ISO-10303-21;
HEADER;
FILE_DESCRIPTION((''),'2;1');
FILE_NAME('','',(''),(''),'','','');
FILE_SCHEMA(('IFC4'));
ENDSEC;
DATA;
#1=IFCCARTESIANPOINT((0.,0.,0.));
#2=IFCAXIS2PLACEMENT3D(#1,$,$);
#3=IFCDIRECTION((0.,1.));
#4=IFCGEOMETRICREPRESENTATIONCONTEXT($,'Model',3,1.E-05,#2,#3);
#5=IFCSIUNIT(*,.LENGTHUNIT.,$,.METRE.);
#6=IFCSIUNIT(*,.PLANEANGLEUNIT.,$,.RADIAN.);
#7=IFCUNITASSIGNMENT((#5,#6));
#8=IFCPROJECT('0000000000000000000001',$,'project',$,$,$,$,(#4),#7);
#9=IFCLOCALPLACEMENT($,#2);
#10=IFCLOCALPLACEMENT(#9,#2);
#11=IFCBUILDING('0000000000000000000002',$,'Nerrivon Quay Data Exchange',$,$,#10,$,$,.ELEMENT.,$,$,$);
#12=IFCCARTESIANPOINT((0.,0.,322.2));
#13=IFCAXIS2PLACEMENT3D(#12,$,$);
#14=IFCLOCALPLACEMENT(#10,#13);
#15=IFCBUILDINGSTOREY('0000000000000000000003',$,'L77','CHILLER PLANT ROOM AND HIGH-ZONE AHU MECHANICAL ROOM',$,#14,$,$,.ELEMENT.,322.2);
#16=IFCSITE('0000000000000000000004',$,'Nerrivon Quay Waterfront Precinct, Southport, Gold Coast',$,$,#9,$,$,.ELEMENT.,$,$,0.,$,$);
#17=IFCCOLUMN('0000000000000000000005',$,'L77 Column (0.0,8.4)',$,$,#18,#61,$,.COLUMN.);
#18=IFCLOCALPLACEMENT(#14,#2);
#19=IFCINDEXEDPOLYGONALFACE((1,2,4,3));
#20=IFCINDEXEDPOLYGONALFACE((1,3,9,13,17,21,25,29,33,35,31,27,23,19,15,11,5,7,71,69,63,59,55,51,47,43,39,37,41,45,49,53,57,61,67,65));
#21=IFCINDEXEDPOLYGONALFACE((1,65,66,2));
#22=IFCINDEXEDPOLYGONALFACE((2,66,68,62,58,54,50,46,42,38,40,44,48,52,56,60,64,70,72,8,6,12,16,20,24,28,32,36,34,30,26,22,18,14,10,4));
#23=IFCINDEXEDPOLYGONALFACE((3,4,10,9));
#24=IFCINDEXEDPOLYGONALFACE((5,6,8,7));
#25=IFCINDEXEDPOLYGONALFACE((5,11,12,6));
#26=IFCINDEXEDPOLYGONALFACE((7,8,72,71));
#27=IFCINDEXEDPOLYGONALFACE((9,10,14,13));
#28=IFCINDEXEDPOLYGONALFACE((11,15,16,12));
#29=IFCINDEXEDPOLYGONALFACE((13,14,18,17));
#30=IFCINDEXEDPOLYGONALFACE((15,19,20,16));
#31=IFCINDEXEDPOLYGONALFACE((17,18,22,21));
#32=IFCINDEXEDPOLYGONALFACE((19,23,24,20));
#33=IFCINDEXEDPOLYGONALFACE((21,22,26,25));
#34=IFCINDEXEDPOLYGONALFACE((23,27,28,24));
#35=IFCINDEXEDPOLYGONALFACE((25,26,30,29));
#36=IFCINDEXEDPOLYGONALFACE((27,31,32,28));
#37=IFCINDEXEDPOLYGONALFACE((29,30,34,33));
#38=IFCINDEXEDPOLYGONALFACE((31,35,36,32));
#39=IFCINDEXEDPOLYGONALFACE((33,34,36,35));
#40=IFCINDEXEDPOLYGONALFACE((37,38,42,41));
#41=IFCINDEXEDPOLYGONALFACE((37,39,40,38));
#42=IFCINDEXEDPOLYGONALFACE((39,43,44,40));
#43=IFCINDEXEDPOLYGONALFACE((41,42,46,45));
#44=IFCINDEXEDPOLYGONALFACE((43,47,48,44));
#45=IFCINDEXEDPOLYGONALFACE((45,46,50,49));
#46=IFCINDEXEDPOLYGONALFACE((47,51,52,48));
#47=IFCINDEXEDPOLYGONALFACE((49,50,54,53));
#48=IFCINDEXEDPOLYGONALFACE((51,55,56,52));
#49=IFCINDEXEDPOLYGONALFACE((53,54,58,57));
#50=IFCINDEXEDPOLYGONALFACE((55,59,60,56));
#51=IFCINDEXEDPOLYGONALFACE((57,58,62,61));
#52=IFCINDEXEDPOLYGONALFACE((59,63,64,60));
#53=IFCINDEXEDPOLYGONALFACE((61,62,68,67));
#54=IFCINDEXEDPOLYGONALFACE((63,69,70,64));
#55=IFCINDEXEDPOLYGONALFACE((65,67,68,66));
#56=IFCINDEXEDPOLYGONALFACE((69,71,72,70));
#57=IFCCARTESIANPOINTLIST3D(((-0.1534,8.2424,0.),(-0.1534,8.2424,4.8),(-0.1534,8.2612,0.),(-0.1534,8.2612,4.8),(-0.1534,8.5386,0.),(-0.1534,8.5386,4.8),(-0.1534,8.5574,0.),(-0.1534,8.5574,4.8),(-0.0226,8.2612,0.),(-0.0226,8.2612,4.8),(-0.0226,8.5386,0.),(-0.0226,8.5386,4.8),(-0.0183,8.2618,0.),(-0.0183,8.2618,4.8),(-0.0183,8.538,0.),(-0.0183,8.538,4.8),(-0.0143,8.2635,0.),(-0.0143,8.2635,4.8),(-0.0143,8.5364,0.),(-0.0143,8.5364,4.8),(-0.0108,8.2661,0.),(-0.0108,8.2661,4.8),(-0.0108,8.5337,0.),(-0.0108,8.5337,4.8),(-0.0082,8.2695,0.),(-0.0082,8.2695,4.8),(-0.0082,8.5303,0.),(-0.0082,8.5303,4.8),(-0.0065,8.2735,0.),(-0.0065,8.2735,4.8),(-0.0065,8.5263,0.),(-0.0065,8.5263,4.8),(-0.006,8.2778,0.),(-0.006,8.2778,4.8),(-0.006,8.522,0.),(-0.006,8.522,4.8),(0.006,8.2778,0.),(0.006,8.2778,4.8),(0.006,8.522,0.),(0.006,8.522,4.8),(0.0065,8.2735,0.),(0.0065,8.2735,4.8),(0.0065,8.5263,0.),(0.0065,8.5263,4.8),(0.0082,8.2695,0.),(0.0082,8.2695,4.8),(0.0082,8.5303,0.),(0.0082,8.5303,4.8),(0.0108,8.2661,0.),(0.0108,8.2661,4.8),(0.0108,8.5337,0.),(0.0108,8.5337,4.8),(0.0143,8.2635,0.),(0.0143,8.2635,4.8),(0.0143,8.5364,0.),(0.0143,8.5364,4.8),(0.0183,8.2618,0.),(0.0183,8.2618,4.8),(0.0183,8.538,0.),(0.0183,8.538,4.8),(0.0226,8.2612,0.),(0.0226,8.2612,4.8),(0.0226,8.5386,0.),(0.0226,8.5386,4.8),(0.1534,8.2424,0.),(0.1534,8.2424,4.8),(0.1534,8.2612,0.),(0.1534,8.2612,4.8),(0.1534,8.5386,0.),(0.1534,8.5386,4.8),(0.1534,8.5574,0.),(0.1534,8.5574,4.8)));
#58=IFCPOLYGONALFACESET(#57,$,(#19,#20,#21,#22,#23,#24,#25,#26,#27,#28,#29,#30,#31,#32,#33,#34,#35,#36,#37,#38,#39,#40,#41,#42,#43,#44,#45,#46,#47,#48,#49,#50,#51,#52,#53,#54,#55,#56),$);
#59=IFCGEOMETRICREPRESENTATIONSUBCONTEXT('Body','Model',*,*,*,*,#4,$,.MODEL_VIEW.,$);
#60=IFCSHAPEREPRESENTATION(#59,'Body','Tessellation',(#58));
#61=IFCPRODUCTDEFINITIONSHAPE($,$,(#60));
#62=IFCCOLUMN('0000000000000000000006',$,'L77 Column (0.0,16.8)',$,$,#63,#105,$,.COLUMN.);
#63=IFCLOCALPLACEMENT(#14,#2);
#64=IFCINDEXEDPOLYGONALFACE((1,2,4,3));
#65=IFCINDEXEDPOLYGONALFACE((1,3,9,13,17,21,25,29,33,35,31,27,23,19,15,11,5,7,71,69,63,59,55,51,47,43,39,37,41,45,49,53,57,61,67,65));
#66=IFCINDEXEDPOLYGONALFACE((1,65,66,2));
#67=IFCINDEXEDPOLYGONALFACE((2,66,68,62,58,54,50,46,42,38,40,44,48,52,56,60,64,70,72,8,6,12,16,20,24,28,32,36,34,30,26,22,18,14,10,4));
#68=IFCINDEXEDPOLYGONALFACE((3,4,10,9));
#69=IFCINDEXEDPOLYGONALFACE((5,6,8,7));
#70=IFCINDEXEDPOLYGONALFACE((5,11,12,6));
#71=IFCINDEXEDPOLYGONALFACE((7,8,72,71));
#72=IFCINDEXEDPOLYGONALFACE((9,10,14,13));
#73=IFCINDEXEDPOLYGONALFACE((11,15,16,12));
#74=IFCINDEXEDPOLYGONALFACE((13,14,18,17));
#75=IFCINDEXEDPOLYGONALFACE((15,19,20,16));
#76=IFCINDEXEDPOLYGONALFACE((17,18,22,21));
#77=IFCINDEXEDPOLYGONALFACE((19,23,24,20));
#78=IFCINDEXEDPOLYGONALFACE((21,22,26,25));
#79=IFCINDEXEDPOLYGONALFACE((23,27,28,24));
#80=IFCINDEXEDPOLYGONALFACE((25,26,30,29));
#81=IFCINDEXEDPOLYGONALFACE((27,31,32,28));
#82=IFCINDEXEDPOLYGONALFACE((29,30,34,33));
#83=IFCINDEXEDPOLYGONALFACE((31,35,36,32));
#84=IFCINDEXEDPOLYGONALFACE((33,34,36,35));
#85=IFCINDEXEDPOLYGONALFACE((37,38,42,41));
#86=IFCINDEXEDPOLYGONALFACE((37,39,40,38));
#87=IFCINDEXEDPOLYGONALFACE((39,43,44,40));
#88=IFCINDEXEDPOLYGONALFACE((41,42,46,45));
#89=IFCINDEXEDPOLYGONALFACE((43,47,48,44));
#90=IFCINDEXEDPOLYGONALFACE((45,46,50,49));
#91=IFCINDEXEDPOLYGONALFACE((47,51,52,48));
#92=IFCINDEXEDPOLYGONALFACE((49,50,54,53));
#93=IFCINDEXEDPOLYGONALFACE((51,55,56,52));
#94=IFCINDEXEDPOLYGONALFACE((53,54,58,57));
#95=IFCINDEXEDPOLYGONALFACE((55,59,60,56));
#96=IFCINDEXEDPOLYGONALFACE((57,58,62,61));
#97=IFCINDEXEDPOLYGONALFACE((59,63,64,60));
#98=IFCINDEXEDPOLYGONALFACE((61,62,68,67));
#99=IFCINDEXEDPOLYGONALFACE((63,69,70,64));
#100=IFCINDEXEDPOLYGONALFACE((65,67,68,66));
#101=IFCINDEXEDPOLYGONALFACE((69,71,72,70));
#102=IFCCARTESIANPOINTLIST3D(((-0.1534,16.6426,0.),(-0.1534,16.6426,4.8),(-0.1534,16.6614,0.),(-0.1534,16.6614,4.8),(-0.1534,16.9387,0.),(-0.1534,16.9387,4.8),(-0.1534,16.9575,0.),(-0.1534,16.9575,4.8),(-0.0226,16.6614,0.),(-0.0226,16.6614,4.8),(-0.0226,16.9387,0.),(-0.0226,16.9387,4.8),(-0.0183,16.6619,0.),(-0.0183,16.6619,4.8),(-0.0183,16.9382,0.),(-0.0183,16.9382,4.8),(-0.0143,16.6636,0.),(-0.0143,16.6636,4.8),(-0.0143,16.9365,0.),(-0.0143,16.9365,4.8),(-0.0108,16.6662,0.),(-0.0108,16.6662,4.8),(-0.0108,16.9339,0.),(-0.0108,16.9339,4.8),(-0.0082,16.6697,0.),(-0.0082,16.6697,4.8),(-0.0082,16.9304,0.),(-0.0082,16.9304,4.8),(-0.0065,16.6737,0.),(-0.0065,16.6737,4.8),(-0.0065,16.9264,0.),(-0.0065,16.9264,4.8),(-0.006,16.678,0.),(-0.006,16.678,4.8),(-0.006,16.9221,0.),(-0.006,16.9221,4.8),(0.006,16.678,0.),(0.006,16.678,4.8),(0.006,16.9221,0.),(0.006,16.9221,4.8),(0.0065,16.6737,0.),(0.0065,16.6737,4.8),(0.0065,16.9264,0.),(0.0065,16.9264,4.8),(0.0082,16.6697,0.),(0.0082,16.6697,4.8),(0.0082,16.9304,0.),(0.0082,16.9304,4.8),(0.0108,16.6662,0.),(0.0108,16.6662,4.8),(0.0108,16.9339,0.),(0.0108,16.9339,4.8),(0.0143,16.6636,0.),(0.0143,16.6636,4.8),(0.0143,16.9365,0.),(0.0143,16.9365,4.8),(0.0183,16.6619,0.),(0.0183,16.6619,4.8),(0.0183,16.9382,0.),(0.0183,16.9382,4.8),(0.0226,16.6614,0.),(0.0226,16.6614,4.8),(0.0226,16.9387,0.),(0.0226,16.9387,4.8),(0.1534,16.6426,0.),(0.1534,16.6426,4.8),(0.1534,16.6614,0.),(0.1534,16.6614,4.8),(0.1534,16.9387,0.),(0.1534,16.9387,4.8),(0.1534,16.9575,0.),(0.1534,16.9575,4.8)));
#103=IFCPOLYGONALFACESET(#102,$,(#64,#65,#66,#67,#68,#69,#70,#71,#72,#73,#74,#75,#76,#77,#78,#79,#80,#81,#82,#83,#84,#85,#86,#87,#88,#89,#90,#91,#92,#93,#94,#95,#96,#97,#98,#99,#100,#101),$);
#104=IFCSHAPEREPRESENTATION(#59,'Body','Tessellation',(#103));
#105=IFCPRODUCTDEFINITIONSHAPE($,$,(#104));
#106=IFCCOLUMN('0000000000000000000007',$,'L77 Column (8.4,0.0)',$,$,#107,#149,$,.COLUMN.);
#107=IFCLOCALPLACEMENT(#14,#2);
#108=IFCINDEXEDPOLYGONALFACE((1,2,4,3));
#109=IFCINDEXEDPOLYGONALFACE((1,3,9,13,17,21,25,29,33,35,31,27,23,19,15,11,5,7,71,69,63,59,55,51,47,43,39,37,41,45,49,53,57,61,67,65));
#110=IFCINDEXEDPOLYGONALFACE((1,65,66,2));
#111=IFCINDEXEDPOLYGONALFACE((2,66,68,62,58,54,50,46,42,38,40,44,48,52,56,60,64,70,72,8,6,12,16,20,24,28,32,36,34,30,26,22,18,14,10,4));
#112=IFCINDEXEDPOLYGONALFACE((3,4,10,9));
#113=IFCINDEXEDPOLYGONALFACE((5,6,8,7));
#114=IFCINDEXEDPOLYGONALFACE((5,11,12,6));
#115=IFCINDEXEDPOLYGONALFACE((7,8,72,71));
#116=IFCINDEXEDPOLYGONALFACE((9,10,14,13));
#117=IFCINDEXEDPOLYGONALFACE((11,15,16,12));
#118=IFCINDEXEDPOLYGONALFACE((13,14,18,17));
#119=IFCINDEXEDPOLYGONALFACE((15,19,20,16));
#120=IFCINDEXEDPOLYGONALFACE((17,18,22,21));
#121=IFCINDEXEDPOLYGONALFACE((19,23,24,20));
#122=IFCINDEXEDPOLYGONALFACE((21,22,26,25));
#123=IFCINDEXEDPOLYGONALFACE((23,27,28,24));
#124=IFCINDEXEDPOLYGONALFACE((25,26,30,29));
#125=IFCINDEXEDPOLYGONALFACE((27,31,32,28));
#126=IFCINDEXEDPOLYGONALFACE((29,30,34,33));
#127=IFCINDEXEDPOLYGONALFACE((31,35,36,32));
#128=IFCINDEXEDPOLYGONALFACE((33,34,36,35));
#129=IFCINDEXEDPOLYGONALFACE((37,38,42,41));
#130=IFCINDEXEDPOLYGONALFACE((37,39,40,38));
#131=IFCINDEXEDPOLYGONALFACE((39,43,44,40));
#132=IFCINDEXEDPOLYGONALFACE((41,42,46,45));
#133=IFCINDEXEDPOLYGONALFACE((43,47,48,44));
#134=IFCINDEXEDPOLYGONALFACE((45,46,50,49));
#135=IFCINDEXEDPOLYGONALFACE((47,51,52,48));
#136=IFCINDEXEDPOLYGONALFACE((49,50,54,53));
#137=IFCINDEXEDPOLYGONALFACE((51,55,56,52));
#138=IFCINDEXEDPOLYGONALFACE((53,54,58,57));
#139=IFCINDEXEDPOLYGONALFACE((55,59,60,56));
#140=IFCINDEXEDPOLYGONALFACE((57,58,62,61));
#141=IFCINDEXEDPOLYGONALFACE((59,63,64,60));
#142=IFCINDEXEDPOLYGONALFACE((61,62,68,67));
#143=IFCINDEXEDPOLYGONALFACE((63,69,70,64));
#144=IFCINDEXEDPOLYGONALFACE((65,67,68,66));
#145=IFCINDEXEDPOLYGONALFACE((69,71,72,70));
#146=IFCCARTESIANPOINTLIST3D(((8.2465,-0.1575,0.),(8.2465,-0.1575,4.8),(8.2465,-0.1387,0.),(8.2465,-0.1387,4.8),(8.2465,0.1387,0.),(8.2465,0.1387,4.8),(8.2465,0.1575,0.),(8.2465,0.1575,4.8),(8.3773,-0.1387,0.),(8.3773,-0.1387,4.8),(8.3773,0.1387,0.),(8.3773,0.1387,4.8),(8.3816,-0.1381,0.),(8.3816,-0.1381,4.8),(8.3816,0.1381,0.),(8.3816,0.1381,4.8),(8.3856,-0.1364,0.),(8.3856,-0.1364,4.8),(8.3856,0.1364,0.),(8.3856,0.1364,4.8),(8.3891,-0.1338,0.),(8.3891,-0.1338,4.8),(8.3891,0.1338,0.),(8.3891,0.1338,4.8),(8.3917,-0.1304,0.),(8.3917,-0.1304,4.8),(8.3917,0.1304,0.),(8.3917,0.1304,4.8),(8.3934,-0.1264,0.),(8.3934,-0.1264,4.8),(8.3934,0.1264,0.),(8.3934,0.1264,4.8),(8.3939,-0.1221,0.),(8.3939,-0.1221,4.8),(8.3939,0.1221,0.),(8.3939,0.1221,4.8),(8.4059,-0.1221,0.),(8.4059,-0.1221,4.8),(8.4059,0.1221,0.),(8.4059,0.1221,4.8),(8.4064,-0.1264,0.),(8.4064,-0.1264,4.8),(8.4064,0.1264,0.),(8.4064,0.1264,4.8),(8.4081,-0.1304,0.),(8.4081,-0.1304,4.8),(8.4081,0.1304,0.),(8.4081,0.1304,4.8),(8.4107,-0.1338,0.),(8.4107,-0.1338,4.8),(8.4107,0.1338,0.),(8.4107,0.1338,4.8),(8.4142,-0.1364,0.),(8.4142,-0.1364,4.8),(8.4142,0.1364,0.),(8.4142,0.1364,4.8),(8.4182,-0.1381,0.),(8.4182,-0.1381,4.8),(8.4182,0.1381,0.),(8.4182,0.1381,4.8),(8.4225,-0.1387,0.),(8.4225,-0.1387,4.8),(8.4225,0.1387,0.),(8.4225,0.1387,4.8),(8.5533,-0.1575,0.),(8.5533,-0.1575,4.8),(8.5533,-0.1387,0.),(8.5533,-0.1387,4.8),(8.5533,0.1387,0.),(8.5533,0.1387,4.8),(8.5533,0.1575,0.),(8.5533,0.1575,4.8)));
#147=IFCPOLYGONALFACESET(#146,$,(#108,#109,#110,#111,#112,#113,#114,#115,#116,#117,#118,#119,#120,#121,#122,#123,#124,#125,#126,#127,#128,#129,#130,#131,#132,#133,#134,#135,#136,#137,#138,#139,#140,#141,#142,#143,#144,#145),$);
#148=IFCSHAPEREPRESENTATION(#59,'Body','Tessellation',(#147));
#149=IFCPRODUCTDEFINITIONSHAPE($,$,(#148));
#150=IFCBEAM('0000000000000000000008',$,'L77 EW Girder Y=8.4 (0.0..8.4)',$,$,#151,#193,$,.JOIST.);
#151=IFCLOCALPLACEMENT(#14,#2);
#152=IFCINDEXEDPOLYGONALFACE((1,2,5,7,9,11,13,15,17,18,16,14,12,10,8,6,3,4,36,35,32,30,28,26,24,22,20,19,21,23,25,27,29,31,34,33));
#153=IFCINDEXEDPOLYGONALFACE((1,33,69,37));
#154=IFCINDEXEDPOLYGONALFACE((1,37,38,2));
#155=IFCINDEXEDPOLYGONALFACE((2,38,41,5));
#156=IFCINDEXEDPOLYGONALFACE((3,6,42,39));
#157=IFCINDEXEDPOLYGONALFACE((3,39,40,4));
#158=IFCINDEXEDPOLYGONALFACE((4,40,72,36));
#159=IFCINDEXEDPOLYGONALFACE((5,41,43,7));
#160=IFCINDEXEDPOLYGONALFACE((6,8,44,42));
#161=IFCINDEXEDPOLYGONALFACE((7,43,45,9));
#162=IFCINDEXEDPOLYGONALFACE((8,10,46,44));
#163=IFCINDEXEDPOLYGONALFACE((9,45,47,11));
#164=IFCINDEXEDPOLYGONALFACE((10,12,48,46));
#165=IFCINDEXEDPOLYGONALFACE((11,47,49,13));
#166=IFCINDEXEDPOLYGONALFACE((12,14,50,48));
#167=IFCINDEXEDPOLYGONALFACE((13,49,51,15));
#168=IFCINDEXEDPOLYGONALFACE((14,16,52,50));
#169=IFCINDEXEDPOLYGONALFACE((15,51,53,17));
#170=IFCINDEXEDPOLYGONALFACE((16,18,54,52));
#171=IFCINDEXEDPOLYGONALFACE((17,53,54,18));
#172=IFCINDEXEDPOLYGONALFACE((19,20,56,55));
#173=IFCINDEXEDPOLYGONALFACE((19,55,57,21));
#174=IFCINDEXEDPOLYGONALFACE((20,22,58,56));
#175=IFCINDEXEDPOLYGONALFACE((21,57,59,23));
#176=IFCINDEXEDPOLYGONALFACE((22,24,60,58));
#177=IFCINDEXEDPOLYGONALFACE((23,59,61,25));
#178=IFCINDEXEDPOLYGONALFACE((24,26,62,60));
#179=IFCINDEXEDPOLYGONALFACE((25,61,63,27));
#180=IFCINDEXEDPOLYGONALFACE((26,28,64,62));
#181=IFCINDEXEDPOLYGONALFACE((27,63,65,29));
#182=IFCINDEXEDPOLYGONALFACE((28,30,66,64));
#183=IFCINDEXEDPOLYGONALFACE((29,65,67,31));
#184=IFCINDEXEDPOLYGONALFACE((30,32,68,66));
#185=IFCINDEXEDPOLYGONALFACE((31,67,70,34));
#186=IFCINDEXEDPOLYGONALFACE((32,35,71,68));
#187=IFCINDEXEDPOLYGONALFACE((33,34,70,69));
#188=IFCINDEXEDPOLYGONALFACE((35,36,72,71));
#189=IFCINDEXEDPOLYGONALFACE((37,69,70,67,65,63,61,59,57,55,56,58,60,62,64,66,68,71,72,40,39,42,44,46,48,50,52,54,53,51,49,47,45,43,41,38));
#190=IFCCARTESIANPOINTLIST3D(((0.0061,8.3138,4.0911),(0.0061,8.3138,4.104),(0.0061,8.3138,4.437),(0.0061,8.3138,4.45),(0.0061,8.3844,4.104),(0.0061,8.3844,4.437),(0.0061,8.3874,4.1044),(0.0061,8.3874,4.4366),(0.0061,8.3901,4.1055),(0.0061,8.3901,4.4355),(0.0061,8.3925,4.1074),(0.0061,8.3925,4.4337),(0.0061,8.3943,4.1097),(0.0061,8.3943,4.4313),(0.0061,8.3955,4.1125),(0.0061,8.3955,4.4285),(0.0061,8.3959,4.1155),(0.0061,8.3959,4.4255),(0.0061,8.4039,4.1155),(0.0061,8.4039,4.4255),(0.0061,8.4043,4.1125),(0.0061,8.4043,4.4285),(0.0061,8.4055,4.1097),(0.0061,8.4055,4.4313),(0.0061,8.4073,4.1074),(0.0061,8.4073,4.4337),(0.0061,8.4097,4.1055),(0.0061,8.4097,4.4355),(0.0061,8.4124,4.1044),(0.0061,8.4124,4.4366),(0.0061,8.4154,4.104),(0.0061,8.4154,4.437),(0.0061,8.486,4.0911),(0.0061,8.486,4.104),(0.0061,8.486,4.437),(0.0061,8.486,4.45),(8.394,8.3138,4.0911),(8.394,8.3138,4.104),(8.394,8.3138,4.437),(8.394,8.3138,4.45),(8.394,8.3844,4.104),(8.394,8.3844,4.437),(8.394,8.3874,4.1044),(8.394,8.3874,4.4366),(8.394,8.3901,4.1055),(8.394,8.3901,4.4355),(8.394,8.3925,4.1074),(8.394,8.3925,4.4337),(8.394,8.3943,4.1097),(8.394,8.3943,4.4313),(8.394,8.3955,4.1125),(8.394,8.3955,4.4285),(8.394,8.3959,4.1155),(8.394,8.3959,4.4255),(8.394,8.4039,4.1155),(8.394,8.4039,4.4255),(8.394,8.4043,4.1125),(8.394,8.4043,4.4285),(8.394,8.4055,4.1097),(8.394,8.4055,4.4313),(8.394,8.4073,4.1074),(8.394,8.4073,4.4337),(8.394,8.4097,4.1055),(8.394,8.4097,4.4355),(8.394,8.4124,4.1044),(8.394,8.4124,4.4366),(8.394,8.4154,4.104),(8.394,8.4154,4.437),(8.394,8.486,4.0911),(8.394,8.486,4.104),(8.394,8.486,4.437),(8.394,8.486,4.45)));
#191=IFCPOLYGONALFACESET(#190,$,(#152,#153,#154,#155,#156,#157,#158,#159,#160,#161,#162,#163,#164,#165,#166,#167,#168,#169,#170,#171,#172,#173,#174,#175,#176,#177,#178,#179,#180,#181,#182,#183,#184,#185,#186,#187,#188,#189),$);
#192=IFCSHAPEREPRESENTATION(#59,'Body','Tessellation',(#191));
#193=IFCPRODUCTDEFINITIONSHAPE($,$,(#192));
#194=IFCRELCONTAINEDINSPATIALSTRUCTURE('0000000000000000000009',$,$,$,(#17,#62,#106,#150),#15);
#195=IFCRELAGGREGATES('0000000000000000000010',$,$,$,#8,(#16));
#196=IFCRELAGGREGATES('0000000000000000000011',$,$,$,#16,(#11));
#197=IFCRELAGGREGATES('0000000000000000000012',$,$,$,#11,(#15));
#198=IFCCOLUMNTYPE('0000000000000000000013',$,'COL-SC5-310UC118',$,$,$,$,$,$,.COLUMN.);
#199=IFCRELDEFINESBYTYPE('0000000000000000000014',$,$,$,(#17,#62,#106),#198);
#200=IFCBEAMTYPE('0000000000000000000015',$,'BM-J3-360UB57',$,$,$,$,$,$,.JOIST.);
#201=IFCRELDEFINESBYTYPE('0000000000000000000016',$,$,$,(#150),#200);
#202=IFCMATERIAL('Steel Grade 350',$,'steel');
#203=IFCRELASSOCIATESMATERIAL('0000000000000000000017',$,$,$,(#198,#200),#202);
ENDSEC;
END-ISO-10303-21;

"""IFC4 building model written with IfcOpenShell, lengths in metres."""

from ifc_helpers import new_model, si_unit, direction, frame, origin, origin_2d, place, context, subcontext, project, spatial, i_section, extrude, material, material_profile, profile_set, type_object, element, save


model = new_model("IFC4")

# Units and contexts
model_context = context("Model", 3, precision=1e-05, world=origin(), true_north=direction((0.0, 1.0)))
body_context = subcontext(model_context, "Body", "Model", "MODEL_VIEW")
ifc_project = project(units=[si_unit("LENGTHUNIT", "METRE"), si_unit("PLANEANGLEUNIT", "RADIAN")], contexts=[model_context])

# Site, building, storey
site_placement = place(None, origin())
site = spatial("IfcSite", under=ifc_project, at=site_placement, Name="Nerrivon Quay Waterfront Precinct, Southport, Gold Coast", CompositionType="ELEMENT", RefElevation=0.0)
building_placement = place(site_placement, origin())
building = spatial("IfcBuilding", under=site, at=building_placement, Name="Nerrivon Quay Data Exchange", CompositionType="ELEMENT")
storey_placement = place(building_placement, frame((0.0, 0.0, 322.2)))
storey = spatial("IfcBuildingStorey", under=building, at=storey_placement, Name="L77", Description="CHILLER PLANT ROOM AND HIGH-ZONE AHU MECHANICAL ROOM", CompositionType="ELEMENT", Elevation=322.2)

# Columns
ifc_material_1 = material(Name="Steel Grade 350", Category="steel")
ifc_material_profile_1 = material_profile(ifc_material_1, i_section(OverallWidth=0.3069, OverallDepth=0.3149, WebThickness=0.012, FlangeThickness=0.0188, FilletRadius=0.0166, at=origin_2d()), Name="310UC118")
ifc_profile_set_1 = profile_set([ifc_material_profile_1], Name="Steel Grade 350")
column_type = type_object("IfcColumnType", Name="COL-SC5-310UC118", PredefinedType="COLUMN", material=ifc_profile_set_1)
for number, where, z_axis, x_axis, name in (
    (1, (0.0, 8.3999, 0.0), (0.0, 0.0, 1.0), (1.0, 0.0, 0.0), "L77 Column (0.0,8.4)"),
    (2, (0.0, 16.8, 0.0), (0.0, 0.0, 1.0), (1.0, 0.0, 0.0), "L77 Column (0.0,16.8)"),
    (3, (8.3999, 0.0, 0.0), (0.0, 0.0, 1.0), (1.0, 0.0, 0.0), "L77 Column (8.4,0.0)"),
):
    element("IfcColumn", number, at=place(storey_placement, frame(where, z_axis=z_axis, x_axis=x_axis)), inside=storey, type_object=column_type, Name=name, PredefinedType="COLUMN", context=body_context, shape_type="SweptSolid", body=[
        extrude(i_section(OverallWidth=0.3069, OverallDepth=0.3149, WebThickness=0.012, FlangeThickness=0.0188, FilletRadius=0.0166, at=origin_2d()), origin(), (0.0, 0.0, 1.0), 4.8),
    ])

# Beam
ifc_material_profile_2 = material_profile(ifc_material_1, i_section(OverallWidth=0.1721, OverallDepth=0.3589, WebThickness=0.0081, FlangeThickness=0.0129, FilletRadius=0.0115, at=origin_2d()), Name="360UB56.7")
ifc_profile_set_2 = profile_set([ifc_material_profile_2], Name="Steel Grade 350")
beam_type_1 = type_object("IfcBeamType", Name="BM-J3-360UB57", PredefinedType="JOIST", material=ifc_profile_set_2)
for number, where, z_axis, x_axis, name in (
    (4, (0.0061, 8.3999, 4.2705), (1.0, 0.0, 0.0), (0.0, 1.0, 0.0), "L77 EW Girder Y=8.4 (0.0..8.4)"),
):
    element("IfcBeam", number, at=place(storey_placement, frame(where, z_axis=z_axis, x_axis=x_axis)), inside=storey, type_object=beam_type_1, Name=name, PredefinedType="JOIST", context=body_context, shape_type="SweptSolid", body=[
        extrude(i_section(OverallWidth=0.1721, OverallDepth=0.3589, WebThickness=0.0081, FlangeThickness=0.0129, FilletRadius=0.0115, at=origin_2d()), origin(), (0.0, 0.0, 1.0), 8.3879),
    ])

save(model, "model.ifc")
